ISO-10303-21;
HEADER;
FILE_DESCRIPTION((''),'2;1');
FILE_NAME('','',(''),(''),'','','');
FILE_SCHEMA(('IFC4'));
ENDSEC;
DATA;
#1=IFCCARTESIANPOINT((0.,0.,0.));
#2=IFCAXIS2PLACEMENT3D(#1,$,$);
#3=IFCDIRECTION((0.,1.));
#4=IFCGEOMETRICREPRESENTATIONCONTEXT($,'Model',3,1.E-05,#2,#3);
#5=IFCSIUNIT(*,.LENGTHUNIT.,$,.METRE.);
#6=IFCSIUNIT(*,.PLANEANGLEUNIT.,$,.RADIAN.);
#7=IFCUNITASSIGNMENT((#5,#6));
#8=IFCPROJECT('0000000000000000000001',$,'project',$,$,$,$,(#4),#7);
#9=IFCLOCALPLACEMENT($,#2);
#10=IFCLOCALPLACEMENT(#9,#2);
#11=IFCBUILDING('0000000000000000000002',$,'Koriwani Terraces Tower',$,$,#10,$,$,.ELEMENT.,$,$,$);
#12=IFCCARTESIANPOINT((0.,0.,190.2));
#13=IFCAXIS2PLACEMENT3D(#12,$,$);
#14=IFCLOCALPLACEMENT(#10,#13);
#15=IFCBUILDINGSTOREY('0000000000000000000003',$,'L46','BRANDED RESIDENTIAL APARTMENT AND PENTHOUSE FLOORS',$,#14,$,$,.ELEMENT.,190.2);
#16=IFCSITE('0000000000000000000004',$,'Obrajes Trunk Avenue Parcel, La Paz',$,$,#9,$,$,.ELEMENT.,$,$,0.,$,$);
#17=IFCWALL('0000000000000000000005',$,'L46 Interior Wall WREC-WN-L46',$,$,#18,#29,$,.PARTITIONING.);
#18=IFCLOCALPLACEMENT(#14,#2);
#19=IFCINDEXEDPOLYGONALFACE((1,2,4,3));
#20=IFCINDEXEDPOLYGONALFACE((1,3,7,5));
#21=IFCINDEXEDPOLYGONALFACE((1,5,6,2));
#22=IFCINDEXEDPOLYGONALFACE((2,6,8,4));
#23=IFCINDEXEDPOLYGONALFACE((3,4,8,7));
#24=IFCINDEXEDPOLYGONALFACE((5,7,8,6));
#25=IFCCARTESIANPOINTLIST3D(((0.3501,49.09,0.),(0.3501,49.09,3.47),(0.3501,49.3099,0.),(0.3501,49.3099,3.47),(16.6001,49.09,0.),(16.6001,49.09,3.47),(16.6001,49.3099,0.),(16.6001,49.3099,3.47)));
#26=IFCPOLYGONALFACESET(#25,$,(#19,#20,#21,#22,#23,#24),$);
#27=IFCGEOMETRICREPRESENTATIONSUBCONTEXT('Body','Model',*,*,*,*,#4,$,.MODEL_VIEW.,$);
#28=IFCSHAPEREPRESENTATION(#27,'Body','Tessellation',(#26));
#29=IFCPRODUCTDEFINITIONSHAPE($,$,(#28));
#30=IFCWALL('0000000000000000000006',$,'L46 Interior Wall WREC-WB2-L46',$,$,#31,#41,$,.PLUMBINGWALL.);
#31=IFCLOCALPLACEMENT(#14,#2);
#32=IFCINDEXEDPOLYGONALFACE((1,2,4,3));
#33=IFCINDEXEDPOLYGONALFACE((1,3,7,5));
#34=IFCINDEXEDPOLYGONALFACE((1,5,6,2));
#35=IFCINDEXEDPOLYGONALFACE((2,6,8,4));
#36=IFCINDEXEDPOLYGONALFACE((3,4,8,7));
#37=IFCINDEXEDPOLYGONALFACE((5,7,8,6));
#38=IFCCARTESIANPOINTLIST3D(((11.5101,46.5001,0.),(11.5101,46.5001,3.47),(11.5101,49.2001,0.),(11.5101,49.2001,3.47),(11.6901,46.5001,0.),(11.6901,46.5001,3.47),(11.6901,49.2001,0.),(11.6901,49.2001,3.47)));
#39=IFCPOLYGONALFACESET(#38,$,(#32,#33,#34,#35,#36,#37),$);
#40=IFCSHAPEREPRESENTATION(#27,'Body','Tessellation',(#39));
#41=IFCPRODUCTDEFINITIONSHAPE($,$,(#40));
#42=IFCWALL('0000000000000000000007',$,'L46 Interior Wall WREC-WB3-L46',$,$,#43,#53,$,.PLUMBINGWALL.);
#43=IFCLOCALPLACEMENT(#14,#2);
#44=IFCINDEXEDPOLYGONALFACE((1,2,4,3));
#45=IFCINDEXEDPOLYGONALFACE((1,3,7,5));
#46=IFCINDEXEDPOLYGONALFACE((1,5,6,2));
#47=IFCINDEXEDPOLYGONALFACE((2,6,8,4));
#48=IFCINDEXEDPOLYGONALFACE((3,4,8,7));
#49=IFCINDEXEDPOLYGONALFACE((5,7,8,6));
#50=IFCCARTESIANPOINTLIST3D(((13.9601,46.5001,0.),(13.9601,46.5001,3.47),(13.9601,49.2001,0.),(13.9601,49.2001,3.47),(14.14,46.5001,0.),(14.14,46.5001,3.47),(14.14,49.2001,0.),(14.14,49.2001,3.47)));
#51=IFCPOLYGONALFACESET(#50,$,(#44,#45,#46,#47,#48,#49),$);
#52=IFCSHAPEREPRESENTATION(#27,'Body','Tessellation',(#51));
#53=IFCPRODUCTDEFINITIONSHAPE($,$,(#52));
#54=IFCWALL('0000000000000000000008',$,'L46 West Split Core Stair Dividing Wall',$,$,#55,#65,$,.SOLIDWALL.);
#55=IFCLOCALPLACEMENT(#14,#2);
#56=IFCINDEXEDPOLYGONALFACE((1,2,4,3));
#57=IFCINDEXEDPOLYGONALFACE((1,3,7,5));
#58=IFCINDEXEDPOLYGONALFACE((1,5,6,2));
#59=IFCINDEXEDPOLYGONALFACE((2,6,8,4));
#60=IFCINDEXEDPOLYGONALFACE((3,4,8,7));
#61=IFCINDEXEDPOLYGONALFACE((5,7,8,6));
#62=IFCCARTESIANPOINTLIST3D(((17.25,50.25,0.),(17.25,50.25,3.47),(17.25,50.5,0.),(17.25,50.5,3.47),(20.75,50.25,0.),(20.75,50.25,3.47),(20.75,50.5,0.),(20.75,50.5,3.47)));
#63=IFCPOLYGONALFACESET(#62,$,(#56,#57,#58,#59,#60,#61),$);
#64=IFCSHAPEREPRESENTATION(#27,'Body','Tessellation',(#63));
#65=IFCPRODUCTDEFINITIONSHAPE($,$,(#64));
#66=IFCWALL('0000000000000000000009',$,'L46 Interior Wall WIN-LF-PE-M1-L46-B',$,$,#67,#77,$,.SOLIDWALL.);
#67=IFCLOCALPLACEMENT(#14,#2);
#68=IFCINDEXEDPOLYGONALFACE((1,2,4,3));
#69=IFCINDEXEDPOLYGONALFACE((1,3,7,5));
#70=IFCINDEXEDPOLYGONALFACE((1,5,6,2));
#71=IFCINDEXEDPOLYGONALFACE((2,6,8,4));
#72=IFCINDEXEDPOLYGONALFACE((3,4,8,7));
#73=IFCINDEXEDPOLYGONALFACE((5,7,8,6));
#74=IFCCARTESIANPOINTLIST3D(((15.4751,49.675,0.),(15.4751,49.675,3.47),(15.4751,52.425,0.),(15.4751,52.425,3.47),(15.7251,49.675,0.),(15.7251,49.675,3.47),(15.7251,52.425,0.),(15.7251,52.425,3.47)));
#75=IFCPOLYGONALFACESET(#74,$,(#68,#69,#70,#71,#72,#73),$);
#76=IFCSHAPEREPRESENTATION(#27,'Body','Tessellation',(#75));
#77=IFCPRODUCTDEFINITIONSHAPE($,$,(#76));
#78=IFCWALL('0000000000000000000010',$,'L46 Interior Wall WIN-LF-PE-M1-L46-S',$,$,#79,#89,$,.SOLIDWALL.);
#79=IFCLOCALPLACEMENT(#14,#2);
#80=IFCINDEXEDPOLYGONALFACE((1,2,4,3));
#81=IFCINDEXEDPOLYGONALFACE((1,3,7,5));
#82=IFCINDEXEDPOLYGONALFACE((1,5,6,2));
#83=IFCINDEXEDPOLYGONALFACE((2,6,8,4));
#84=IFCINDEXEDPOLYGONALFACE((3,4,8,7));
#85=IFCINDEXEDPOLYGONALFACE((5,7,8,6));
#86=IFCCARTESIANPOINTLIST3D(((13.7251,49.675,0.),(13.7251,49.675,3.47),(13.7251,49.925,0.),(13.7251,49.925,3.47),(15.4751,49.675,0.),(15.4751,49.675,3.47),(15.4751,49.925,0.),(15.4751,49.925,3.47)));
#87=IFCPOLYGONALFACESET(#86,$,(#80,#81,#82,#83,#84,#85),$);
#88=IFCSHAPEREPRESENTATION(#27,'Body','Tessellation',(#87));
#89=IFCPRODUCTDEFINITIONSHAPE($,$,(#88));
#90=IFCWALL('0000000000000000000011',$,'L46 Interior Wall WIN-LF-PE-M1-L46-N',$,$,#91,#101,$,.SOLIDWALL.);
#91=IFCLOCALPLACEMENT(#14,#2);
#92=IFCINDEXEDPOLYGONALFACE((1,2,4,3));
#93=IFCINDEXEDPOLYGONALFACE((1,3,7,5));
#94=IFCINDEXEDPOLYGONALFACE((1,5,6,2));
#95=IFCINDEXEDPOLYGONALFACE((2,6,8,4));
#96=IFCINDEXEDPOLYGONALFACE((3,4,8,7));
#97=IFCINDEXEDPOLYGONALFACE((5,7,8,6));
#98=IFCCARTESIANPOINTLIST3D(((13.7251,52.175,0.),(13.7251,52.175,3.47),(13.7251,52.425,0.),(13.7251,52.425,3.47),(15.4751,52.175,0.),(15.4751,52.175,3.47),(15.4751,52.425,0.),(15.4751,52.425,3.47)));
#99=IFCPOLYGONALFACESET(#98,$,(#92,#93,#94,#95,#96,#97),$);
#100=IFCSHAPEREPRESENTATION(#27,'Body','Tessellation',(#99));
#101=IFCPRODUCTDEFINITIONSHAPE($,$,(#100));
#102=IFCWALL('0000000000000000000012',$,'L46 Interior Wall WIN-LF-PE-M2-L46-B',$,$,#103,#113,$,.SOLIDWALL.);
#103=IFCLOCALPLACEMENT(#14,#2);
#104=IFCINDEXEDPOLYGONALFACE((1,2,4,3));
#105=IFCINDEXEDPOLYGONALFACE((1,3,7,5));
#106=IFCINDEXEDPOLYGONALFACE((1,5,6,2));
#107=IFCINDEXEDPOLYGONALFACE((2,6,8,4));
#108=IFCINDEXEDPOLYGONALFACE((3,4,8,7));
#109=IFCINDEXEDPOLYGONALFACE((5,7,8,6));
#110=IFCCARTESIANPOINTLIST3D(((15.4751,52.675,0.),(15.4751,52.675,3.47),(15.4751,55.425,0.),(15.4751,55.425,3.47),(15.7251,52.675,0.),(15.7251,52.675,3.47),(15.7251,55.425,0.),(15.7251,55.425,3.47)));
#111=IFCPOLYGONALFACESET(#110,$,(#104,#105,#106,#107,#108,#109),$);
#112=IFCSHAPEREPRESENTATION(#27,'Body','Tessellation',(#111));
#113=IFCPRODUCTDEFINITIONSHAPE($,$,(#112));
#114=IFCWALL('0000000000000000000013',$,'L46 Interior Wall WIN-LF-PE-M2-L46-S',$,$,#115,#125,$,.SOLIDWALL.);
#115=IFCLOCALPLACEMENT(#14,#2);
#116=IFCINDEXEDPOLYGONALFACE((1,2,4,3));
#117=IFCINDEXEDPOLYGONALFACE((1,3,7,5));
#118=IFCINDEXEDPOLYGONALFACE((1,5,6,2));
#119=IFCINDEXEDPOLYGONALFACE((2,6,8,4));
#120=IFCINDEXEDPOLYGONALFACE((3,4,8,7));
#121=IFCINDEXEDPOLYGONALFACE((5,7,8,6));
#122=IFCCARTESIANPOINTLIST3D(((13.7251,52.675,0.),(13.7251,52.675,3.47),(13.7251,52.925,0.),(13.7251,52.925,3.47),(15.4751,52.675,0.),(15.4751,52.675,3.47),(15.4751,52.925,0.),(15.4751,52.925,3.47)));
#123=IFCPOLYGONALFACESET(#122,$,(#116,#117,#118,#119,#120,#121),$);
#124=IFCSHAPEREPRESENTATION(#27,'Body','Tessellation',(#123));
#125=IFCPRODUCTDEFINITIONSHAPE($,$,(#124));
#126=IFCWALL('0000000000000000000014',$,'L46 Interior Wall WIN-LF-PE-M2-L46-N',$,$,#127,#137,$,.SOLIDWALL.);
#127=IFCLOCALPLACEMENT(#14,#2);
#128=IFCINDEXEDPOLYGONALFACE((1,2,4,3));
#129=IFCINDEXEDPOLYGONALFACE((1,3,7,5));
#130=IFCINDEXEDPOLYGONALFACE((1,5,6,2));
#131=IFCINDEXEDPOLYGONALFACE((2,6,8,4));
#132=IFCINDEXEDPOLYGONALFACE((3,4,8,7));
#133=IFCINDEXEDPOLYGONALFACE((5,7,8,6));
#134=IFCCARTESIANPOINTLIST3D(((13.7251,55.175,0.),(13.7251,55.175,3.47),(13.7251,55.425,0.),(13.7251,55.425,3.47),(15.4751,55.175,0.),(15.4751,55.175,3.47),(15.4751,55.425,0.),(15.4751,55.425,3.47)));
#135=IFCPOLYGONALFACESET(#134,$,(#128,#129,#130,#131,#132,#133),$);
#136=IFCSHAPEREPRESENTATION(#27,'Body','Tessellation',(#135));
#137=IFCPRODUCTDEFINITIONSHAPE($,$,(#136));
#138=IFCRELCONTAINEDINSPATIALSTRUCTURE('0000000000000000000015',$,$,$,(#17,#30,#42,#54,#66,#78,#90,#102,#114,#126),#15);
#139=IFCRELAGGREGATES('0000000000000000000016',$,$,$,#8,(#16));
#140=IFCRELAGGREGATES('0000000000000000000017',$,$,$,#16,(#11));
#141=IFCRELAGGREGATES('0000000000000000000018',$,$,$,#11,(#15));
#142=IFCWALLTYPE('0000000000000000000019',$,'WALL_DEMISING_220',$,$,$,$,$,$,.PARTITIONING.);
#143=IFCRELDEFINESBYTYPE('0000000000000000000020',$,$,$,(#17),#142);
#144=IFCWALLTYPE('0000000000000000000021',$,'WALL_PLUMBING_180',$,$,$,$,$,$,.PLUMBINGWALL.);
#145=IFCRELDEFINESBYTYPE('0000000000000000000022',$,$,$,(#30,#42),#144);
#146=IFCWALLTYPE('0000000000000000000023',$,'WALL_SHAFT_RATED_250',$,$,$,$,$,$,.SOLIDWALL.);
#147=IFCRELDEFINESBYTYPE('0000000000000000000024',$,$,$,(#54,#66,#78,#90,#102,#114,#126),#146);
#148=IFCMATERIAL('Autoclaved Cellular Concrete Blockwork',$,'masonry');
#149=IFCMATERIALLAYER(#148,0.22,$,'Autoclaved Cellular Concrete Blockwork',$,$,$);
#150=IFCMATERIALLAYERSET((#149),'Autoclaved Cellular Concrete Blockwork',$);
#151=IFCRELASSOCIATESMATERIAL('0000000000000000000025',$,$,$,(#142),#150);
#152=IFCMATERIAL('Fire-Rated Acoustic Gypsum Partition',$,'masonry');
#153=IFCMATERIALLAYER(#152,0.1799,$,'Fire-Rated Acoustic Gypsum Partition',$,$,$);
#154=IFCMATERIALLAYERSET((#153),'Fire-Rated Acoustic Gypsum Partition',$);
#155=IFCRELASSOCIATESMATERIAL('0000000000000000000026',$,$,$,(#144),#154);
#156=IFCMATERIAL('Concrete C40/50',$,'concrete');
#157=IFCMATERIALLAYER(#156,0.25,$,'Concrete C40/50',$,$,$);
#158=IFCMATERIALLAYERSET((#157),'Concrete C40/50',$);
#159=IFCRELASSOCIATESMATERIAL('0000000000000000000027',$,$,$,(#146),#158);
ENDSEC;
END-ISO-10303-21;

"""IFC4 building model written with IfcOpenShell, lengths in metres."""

from ifc_helpers import new_model, si_unit, direction, frame, frame_2d, origin, place, context, subcontext, project, spatial, rectangle, extrude, material, layer, layer_set, type_object, element, save


model = new_model("IFC4")

# Units and contexts
model_context = context("Model", 3, precision=1e-05, world=origin(), true_north=direction((0.0, 1.0)))
body_context = subcontext(model_context, "Body", "Model", "MODEL_VIEW")
ifc_project = project(units=[si_unit("LENGTHUNIT", "METRE"), si_unit("PLANEANGLEUNIT", "RADIAN")], contexts=[model_context])

# Site, building, storey
site_placement = place(None, origin())
site = spatial("IfcSite", under=ifc_project, at=site_placement, Name="Obrajes Trunk Avenue Parcel, La Paz", CompositionType="ELEMENT", RefElevation=0.0)
building_placement = place(site_placement, origin())
building = spatial("IfcBuilding", under=site, at=building_placement, Name="Koriwani Terraces Tower", CompositionType="ELEMENT")
storey_placement = place(building_placement, frame((0.0, 0.0, 190.2)))
storey = spatial("IfcBuildingStorey", under=building, at=storey_placement, Name="L46", Description="BRANDED RESIDENTIAL APARTMENT AND PENTHOUSE FLOORS", CompositionType="ELEMENT", Elevation=190.2)

# Shared definitions
ifc_material_1 = material(Name="Concrete C40/50", Category="concrete")

# Walls
ifc_material_2 = material(Name="Autoclaved Cellular Concrete Blockwork", Category="masonry")
ifc_layer_1 = layer(ifc_material_2, 0.22, Name="Autoclaved Cellular Concrete Blockwork")
ifc_layer_set_1 = layer_set([ifc_layer_1], Name="Autoclaved Cellular Concrete Blockwork")
wall_type_1 = type_object("IfcWallType", Name="WALL_DEMISING_220", PredefinedType="PARTITIONING", material=ifc_layer_set_1)
wall_1_placement = place(storey_placement, frame((0.3501, 49.2, 0.0), z_axis=(0.0, 0.0, 1.0), x_axis=(1.0, 0.0, 0.0)))
element("IfcWall", 1, at=wall_1_placement, inside=storey, type_object=wall_type_1, Name="L46 Interior Wall WREC-WN-L46", PredefinedType="PARTITIONING", context=body_context, shape_type="SweptSolid", body=[
    extrude(rectangle(XDim=16.25, YDim=0.22, at=frame_2d((8.125, 0.0))), origin(), (0.0, 0.0, 1.0), 3.47),
])
ifc_material_3 = material(Name="Fire-Rated Acoustic Gypsum Partition", Category="masonry")
ifc_layer_2 = layer(ifc_material_3, 0.1799, Name="Fire-Rated Acoustic Gypsum Partition")
ifc_layer_set_2 = layer_set([ifc_layer_2], Name="Fire-Rated Acoustic Gypsum Partition")
wall_type_2 = type_object("IfcWallType", Name="WALL_PLUMBING_180", PredefinedType="PLUMBINGWALL", material=ifc_layer_set_2)
for number, where, z_axis, x_axis, name in (
    (2, (11.6001, 46.5, 0.0), (0.0, 0.0, 1.0), (0.0, 1.0, 0.0), "L46 Interior Wall WREC-WB2-L46"),
    (3, (14.05, 46.5, 0.0), (0.0, 0.0, 1.0), (0.0, 1.0, 0.0), "L46 Interior Wall WREC-WB3-L46"),
):
    element("IfcWall", number, at=place(storey_placement, frame(where, z_axis=z_axis, x_axis=x_axis)), inside=storey, type_object=wall_type_2, Name=name, PredefinedType="PLUMBINGWALL", context=body_context, shape_type="SweptSolid", body=[
        extrude(rectangle(XDim=2.7, YDim=0.1799, at=frame_2d((1.3501, 0.0))), origin(), (0.0, 0.0, 1.0), 3.47),
    ])
ifc_layer_3 = layer(ifc_material_1, 0.25, Name="Concrete C40/50")
ifc_layer_set_3 = layer_set([ifc_layer_3], Name="Concrete C40/50")
wall_type_3 = type_object("IfcWallType", Name="WALL_SHAFT_RATED_250", PredefinedType="SOLIDWALL", material=ifc_layer_set_3)
wall_2_placement = place(storey_placement, frame((17.25, 50.375, 0.0), z_axis=(0.0, 0.0, 1.0), x_axis=(1.0, 0.0, 0.0)))
element("IfcWall", 4, at=wall_2_placement, inside=storey, type_object=wall_type_3, Name="L46 West Split Core Stair Dividing Wall", PredefinedType="SOLIDWALL", context=body_context, shape_type="SweptSolid", body=[
    extrude(rectangle(XDim=3.5, YDim=0.25, at=frame_2d((1.75, 0.0))), origin(), (0.0, 0.0, 1.0), 3.47),
])

# Walls
wall_3_placement = place(storey_placement, frame((15.6001, 49.675, 0.0), z_axis=(0.0, 0.0, 1.0), x_axis=(0.0, 1.0, 0.0)))
element("IfcWall", 5, at=wall_3_placement, inside=storey, type_object=wall_type_3, Name="L46 Interior Wall WIN-LF-PE-M1-L46-B", PredefinedType="SOLIDWALL", context=body_context, shape_type="SweptSolid", body=[
    extrude(rectangle(XDim=2.75, YDim=0.25, at=frame_2d((1.375, 0.0))), origin(), (0.0, 0.0, 1.0), 3.47),
])
for number, where, z_axis, x_axis, name in (
    (6, (13.7251, 49.8, 0.0), (0.0, 0.0, 1.0), (1.0, 0.0, 0.0), "L46 Interior Wall WIN-LF-PE-M1-L46-S"),
    (7, (13.7251, 52.3, 0.0), (0.0, 0.0, 1.0), (1.0, 0.0, 0.0), "L46 Interior Wall WIN-LF-PE-M1-L46-N"),
):
    element("IfcWall", number, at=place(storey_placement, frame(where, z_axis=z_axis, x_axis=x_axis)), inside=storey, type_object=wall_type_3, Name=name, PredefinedType="SOLIDWALL", context=body_context, shape_type="SweptSolid", body=[
        extrude(rectangle(XDim=1.75, YDim=0.25, at=frame_2d((0.875, 0.0))), origin(), (0.0, 0.0, 1.0), 3.47),
    ])

# Walls
wall_4_placement = place(storey_placement, frame((15.6001, 52.675, 0.0), z_axis=(0.0, 0.0, 1.0), x_axis=(0.0, 1.0, 0.0)))
element("IfcWall", 8, at=wall_4_placement, inside=storey, type_object=wall_type_3, Name="L46 Interior Wall WIN-LF-PE-M2-L46-B", PredefinedType="SOLIDWALL", context=body_context, shape_type="SweptSolid", body=[
    extrude(rectangle(XDim=2.75, YDim=0.25, at=frame_2d((1.375, 0.0))), origin(), (0.0, 0.0, 1.0), 3.47),
])
for number, where, z_axis, x_axis, name in (
    (9, (13.7251, 52.8, 0.0), (0.0, 0.0, 1.0), (1.0, 0.0, 0.0), "L46 Interior Wall WIN-LF-PE-M2-L46-S"),
    (10, (13.7251, 55.3, 0.0), (0.0, 0.0, 1.0), (1.0, 0.0, 0.0), "L46 Interior Wall WIN-LF-PE-M2-L46-N"),
):
    element("IfcWall", number, at=place(storey_placement, frame(where, z_axis=z_axis, x_axis=x_axis)), inside=storey, type_object=wall_type_3, Name=name, PredefinedType="SOLIDWALL", context=body_context, shape_type="SweptSolid", body=[
        extrude(rectangle(XDim=1.75, YDim=0.25, at=frame_2d((0.875, 0.0))), origin(), (0.0, 0.0, 1.0), 3.47),
    ])

save(model, "model.ifc")
